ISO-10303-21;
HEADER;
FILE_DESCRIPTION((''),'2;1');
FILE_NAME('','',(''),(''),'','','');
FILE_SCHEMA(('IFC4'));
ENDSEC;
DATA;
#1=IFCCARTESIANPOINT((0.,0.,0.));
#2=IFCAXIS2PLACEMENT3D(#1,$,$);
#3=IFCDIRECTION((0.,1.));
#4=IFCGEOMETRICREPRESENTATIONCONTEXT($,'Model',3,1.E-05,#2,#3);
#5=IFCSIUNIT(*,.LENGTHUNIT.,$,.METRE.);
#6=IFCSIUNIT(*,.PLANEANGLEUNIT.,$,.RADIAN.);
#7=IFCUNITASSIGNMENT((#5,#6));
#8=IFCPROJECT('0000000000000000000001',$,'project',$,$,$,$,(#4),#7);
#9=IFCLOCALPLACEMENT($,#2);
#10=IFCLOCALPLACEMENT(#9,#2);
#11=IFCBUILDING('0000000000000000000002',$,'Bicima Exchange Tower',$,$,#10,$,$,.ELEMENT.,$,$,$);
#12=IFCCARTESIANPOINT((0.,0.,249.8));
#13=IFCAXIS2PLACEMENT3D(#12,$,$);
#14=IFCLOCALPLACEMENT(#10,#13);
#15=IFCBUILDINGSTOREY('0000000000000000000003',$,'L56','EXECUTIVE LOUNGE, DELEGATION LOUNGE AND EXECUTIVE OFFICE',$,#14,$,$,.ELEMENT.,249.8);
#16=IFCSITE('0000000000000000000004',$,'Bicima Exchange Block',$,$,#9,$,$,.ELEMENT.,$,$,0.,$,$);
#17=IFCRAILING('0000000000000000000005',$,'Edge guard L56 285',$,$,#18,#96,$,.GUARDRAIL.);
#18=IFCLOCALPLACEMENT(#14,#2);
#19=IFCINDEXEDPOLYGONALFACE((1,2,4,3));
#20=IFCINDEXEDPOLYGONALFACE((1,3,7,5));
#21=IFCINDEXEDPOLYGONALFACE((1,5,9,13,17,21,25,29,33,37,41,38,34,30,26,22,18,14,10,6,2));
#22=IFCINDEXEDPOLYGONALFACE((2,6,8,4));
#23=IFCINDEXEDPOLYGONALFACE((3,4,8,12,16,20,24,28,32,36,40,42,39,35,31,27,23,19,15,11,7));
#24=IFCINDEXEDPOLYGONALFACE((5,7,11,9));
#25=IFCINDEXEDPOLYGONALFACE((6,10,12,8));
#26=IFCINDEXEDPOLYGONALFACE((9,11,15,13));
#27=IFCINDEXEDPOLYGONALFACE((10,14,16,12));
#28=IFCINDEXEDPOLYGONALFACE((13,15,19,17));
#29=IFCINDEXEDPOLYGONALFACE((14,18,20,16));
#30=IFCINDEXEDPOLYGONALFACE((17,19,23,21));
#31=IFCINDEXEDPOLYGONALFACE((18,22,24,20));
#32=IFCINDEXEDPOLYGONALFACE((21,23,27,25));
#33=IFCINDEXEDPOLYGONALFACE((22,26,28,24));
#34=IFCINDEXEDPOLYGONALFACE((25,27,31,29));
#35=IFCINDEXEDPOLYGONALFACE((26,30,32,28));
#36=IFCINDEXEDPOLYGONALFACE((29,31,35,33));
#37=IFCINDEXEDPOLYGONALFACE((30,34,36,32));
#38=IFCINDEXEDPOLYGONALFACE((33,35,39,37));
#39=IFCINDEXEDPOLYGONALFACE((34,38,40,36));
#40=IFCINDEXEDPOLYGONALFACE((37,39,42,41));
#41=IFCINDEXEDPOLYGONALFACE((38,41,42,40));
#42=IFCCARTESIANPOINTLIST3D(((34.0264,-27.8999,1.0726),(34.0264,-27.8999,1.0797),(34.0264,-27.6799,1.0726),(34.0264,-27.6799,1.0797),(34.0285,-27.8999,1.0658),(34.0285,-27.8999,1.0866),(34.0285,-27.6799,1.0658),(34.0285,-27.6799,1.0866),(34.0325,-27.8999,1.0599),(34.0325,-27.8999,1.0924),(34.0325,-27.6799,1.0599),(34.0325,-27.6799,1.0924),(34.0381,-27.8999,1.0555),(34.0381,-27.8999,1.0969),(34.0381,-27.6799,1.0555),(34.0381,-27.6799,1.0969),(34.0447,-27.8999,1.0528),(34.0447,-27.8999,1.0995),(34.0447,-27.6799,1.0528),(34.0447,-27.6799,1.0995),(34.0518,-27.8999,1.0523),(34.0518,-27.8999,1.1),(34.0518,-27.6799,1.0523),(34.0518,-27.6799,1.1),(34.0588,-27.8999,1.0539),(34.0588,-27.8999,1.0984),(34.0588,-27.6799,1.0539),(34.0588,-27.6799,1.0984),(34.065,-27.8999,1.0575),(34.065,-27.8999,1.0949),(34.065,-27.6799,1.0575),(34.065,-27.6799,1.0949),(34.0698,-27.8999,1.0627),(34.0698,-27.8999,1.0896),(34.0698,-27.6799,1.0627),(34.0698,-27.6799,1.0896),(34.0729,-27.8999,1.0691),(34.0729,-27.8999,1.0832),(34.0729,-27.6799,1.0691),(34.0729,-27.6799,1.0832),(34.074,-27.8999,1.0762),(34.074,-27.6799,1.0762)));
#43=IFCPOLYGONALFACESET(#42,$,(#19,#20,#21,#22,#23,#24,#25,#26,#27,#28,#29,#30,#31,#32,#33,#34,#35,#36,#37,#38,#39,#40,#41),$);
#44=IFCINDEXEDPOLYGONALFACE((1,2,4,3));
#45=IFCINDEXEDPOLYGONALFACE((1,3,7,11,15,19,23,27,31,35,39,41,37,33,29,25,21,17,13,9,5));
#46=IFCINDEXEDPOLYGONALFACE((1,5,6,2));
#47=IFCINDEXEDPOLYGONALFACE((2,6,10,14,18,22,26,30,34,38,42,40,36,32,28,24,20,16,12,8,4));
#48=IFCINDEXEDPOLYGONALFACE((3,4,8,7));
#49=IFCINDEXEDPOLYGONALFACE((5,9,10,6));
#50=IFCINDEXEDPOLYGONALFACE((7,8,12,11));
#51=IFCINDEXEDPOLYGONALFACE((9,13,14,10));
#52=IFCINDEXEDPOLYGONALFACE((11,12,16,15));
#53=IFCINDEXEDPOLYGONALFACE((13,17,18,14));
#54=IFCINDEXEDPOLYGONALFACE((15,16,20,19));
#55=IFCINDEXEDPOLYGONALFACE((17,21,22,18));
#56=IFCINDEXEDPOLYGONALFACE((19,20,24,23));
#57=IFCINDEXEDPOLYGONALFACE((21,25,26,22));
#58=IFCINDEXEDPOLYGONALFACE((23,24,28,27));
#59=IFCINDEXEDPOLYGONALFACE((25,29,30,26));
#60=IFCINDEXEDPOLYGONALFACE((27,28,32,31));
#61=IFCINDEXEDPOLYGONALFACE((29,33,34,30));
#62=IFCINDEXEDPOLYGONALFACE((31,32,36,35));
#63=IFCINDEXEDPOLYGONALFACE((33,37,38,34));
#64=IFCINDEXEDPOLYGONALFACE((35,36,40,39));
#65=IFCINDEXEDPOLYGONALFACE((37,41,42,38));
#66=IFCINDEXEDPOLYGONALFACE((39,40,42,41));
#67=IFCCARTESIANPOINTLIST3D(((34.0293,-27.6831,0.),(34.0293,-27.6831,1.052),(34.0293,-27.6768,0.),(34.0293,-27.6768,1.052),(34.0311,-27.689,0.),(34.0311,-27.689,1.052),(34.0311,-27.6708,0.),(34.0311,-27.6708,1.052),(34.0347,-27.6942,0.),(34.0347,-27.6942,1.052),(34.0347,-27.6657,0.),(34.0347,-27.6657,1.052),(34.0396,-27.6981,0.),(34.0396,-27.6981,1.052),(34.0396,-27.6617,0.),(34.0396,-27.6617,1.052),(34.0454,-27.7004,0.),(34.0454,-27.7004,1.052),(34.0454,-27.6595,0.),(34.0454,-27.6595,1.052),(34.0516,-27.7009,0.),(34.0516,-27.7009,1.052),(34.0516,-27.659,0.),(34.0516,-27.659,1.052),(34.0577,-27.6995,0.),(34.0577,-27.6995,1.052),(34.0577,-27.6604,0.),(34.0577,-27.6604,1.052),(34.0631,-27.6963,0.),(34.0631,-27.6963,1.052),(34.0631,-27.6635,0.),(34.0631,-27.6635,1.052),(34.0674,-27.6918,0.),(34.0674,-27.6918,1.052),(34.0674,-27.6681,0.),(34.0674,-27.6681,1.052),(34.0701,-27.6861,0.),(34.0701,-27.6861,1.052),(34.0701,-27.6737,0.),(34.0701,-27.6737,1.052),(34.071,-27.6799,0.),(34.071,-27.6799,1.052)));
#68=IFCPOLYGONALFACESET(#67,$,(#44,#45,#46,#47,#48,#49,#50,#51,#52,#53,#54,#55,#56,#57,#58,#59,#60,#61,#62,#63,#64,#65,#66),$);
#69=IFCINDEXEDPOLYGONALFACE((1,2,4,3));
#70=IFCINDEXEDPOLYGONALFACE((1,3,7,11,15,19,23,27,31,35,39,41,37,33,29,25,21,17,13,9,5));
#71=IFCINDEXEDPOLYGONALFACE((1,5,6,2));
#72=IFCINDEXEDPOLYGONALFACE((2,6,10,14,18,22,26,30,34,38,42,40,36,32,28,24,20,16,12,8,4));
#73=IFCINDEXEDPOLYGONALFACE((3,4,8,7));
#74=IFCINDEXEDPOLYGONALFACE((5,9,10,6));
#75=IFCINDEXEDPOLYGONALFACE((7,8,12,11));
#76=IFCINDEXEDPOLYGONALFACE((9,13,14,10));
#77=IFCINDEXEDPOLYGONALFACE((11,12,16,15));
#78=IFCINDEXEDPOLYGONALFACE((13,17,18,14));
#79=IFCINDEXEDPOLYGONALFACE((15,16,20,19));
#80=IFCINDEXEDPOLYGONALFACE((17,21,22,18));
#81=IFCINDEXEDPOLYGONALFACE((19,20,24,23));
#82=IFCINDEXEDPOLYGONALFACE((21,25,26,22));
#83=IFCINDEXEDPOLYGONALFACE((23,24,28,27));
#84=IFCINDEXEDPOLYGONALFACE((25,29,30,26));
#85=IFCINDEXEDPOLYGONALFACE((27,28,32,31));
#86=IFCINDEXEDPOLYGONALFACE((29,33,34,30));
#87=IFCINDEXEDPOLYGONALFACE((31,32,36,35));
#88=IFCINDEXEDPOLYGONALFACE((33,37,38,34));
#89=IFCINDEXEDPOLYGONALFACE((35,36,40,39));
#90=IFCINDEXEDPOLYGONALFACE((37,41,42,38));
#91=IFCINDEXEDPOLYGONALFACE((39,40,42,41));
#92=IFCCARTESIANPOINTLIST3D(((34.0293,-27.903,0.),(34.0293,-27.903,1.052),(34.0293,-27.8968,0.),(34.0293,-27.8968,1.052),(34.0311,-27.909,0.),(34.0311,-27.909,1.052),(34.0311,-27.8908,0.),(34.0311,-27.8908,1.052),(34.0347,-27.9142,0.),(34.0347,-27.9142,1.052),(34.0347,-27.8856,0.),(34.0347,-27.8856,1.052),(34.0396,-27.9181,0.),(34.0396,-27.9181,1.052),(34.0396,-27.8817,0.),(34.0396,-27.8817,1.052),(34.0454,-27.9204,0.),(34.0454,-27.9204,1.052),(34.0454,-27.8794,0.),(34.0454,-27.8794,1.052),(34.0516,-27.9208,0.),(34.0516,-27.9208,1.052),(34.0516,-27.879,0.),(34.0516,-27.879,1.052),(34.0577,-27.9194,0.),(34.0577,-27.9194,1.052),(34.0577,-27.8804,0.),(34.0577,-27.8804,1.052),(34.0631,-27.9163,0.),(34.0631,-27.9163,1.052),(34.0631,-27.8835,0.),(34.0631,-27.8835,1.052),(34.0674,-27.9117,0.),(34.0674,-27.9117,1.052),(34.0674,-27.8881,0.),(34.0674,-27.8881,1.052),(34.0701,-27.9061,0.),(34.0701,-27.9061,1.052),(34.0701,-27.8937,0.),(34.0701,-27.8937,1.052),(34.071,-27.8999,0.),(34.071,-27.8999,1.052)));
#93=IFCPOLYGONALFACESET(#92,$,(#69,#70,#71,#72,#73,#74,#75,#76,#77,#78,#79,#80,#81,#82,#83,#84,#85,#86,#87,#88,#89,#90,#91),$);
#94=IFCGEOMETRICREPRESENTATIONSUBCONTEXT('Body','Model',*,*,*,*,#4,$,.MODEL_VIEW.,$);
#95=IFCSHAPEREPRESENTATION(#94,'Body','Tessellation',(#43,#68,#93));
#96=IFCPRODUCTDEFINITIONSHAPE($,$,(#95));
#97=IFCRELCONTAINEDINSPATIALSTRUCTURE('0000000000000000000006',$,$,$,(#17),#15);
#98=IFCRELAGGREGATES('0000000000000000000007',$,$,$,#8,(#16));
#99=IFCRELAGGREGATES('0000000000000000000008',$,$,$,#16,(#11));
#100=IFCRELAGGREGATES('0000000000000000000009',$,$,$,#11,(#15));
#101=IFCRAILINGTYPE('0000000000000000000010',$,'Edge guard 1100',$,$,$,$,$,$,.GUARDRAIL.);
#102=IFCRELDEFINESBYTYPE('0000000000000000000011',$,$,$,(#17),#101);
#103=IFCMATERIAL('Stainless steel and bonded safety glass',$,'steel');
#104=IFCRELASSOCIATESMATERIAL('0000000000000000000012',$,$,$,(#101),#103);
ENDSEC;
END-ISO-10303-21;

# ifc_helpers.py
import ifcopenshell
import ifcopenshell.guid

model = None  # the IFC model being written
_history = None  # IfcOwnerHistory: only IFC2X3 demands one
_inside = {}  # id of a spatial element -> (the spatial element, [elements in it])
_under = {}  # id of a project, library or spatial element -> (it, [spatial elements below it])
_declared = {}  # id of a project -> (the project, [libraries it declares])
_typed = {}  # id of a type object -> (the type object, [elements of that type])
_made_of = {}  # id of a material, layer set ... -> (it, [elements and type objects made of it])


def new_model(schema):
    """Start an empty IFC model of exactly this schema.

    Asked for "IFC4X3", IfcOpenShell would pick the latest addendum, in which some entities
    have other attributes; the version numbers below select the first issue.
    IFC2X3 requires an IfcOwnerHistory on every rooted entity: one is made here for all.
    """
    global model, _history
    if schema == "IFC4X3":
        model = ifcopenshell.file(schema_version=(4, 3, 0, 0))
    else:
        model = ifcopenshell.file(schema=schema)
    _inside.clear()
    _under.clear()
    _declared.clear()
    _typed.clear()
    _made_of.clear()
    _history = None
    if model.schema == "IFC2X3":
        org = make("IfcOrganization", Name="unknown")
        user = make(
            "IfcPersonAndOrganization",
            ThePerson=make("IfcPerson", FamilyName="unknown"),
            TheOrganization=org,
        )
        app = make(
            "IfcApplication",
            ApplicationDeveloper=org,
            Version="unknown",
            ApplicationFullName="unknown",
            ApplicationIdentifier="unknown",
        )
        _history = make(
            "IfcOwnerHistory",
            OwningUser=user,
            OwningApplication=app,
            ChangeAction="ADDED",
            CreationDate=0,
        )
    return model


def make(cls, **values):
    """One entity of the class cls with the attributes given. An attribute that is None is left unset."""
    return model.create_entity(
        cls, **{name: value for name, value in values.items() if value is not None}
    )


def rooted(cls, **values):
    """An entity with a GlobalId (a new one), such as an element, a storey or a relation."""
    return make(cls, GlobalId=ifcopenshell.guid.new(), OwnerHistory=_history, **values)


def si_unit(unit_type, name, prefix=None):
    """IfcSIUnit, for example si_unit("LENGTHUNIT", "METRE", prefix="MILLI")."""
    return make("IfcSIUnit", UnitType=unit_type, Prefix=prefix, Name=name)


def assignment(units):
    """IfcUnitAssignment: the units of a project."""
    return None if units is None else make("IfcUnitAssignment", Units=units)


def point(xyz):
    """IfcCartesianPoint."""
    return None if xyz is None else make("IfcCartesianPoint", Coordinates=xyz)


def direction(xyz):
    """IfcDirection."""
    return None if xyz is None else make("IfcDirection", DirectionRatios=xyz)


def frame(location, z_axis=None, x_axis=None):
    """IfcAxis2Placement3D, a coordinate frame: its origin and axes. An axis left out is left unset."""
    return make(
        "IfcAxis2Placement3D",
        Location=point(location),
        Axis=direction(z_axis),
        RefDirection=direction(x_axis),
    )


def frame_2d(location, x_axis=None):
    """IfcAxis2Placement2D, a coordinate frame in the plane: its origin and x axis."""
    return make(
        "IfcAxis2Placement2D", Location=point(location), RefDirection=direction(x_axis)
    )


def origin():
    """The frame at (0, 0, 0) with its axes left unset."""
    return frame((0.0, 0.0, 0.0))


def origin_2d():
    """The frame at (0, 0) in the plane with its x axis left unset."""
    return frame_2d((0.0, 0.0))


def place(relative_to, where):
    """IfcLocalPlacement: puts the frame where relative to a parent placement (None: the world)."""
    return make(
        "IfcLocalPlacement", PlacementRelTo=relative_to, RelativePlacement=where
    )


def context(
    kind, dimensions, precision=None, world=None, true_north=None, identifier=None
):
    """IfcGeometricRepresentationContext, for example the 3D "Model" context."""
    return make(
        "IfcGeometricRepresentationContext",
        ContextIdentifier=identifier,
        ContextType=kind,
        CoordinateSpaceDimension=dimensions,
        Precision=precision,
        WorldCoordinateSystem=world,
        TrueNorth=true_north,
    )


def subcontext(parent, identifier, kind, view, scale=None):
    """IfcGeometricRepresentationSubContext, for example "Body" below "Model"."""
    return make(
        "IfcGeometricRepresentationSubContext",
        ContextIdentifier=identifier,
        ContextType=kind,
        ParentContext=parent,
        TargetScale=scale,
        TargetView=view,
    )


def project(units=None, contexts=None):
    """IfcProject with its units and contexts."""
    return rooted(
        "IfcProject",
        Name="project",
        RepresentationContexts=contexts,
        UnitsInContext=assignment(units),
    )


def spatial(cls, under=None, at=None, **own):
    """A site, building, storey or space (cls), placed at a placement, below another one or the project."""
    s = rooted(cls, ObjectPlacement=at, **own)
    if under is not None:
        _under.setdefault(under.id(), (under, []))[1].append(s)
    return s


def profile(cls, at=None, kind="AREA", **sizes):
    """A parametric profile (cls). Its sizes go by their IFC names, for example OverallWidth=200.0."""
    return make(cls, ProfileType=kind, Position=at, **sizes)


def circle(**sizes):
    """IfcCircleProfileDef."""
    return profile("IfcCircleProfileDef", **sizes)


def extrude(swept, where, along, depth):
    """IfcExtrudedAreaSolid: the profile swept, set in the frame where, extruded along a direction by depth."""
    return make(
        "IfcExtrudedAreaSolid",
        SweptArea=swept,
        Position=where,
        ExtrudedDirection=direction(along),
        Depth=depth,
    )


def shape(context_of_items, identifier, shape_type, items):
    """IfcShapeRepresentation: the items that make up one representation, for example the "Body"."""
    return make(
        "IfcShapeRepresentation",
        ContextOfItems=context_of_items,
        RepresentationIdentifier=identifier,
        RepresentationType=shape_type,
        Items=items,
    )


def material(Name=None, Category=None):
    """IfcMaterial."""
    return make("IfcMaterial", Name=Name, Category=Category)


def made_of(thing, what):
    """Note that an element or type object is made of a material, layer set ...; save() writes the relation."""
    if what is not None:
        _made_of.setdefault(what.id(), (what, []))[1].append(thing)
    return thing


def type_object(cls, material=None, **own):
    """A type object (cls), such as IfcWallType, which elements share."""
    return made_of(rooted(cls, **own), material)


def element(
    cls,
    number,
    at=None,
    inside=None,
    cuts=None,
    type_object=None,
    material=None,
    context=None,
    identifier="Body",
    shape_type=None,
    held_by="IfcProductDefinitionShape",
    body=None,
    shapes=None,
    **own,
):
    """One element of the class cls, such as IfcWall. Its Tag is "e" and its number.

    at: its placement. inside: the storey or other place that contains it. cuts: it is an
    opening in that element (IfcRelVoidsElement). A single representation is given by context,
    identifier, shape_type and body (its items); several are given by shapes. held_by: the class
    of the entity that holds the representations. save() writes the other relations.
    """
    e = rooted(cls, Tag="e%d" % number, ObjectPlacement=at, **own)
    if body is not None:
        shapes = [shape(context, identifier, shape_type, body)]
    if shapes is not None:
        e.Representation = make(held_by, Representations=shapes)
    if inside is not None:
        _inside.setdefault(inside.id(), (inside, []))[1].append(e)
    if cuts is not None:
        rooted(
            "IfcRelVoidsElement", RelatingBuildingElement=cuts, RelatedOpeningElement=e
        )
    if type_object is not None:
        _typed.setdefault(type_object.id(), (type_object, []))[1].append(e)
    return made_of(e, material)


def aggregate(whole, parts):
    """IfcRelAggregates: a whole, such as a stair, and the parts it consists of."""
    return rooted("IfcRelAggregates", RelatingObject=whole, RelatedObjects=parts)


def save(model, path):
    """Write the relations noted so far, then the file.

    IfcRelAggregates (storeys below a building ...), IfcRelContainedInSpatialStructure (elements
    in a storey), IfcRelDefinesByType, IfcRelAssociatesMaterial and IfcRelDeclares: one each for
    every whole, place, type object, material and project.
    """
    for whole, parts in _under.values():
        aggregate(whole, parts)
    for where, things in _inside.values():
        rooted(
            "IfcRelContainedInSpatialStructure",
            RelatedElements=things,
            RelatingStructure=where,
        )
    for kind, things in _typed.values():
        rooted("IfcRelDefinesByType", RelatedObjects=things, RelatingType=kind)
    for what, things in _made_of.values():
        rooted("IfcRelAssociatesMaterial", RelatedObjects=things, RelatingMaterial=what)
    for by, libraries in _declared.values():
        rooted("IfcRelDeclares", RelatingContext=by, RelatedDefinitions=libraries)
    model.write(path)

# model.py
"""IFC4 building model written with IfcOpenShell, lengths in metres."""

from ifc_helpers import new_model, si_unit, direction, frame, origin, origin_2d, place, context, subcontext, project, spatial, circle, extrude, material, type_object, element, save


model = new_model("IFC4")

# Units and contexts
model_context = context("Model", 3, precision=1e-05, world=origin(), true_north=direction((0.0, 1.0)))
body_context = subcontext(model_context, "Body", "Model", "MODEL_VIEW")
ifc_project = project(units=[si_unit("LENGTHUNIT", "METRE"), si_unit("PLANEANGLEUNIT", "RADIAN")], contexts=[model_context])

# Site, building, storey
site_placement = place(None, origin())
site = spatial("IfcSite", under=ifc_project, at=site_placement, Name="Bicima Exchange Block", CompositionType="ELEMENT", RefElevation=0.0)
building_placement = place(site_placement, origin())
building = spatial("IfcBuilding", under=site, at=building_placement, Name="Bicima Exchange Tower", CompositionType="ELEMENT")
storey_placement = place(building_placement, frame((0.0, 0.0, 249.8)))
storey = spatial("IfcBuildingStorey", under=building, at=storey_placement, Name="L56", Description="EXECUTIVE LOUNGE, DELEGATION LOUNGE AND EXECUTIVE OFFICE", CompositionType="ELEMENT", Elevation=249.8)

# Railing
ifc_material_1 = material(Name="Stainless steel and bonded safety glass", Category="steel")
railing_type = type_object("IfcRailingType", Name="Edge guard 1100", PredefinedType="GUARDRAIL", material=ifc_material_1)
railing_1_placement = place(storey_placement, frame((34.05, -27.6799, 0.0)))
element("IfcRailing", 1, at=railing_1_placement, inside=storey, type_object=railing_type, Name="Edge guard L56 285", PredefinedType="GUARDRAIL", context=body_context, shape_type="SweptSolid", body=[
    extrude(circle(Radius=0.0239, at=origin_2d()), frame((0.0, 0.0, 1.0762), z_axis=(0.0, -1.0, 0.0), x_axis=(1.0, 0.0, 0.0)), (0.0, 0.0, 1.0), 0.22),
    extrude(circle(Radius=0.021, at=origin_2d()), origin(), (0.0, 0.0, 1.0), 1.052),
    extrude(circle(Radius=0.021, at=origin_2d()), frame((0.0, -0.22, 0.0)), (0.0, 0.0, 1.0), 1.052),
])

save(model, "model.ifc")
